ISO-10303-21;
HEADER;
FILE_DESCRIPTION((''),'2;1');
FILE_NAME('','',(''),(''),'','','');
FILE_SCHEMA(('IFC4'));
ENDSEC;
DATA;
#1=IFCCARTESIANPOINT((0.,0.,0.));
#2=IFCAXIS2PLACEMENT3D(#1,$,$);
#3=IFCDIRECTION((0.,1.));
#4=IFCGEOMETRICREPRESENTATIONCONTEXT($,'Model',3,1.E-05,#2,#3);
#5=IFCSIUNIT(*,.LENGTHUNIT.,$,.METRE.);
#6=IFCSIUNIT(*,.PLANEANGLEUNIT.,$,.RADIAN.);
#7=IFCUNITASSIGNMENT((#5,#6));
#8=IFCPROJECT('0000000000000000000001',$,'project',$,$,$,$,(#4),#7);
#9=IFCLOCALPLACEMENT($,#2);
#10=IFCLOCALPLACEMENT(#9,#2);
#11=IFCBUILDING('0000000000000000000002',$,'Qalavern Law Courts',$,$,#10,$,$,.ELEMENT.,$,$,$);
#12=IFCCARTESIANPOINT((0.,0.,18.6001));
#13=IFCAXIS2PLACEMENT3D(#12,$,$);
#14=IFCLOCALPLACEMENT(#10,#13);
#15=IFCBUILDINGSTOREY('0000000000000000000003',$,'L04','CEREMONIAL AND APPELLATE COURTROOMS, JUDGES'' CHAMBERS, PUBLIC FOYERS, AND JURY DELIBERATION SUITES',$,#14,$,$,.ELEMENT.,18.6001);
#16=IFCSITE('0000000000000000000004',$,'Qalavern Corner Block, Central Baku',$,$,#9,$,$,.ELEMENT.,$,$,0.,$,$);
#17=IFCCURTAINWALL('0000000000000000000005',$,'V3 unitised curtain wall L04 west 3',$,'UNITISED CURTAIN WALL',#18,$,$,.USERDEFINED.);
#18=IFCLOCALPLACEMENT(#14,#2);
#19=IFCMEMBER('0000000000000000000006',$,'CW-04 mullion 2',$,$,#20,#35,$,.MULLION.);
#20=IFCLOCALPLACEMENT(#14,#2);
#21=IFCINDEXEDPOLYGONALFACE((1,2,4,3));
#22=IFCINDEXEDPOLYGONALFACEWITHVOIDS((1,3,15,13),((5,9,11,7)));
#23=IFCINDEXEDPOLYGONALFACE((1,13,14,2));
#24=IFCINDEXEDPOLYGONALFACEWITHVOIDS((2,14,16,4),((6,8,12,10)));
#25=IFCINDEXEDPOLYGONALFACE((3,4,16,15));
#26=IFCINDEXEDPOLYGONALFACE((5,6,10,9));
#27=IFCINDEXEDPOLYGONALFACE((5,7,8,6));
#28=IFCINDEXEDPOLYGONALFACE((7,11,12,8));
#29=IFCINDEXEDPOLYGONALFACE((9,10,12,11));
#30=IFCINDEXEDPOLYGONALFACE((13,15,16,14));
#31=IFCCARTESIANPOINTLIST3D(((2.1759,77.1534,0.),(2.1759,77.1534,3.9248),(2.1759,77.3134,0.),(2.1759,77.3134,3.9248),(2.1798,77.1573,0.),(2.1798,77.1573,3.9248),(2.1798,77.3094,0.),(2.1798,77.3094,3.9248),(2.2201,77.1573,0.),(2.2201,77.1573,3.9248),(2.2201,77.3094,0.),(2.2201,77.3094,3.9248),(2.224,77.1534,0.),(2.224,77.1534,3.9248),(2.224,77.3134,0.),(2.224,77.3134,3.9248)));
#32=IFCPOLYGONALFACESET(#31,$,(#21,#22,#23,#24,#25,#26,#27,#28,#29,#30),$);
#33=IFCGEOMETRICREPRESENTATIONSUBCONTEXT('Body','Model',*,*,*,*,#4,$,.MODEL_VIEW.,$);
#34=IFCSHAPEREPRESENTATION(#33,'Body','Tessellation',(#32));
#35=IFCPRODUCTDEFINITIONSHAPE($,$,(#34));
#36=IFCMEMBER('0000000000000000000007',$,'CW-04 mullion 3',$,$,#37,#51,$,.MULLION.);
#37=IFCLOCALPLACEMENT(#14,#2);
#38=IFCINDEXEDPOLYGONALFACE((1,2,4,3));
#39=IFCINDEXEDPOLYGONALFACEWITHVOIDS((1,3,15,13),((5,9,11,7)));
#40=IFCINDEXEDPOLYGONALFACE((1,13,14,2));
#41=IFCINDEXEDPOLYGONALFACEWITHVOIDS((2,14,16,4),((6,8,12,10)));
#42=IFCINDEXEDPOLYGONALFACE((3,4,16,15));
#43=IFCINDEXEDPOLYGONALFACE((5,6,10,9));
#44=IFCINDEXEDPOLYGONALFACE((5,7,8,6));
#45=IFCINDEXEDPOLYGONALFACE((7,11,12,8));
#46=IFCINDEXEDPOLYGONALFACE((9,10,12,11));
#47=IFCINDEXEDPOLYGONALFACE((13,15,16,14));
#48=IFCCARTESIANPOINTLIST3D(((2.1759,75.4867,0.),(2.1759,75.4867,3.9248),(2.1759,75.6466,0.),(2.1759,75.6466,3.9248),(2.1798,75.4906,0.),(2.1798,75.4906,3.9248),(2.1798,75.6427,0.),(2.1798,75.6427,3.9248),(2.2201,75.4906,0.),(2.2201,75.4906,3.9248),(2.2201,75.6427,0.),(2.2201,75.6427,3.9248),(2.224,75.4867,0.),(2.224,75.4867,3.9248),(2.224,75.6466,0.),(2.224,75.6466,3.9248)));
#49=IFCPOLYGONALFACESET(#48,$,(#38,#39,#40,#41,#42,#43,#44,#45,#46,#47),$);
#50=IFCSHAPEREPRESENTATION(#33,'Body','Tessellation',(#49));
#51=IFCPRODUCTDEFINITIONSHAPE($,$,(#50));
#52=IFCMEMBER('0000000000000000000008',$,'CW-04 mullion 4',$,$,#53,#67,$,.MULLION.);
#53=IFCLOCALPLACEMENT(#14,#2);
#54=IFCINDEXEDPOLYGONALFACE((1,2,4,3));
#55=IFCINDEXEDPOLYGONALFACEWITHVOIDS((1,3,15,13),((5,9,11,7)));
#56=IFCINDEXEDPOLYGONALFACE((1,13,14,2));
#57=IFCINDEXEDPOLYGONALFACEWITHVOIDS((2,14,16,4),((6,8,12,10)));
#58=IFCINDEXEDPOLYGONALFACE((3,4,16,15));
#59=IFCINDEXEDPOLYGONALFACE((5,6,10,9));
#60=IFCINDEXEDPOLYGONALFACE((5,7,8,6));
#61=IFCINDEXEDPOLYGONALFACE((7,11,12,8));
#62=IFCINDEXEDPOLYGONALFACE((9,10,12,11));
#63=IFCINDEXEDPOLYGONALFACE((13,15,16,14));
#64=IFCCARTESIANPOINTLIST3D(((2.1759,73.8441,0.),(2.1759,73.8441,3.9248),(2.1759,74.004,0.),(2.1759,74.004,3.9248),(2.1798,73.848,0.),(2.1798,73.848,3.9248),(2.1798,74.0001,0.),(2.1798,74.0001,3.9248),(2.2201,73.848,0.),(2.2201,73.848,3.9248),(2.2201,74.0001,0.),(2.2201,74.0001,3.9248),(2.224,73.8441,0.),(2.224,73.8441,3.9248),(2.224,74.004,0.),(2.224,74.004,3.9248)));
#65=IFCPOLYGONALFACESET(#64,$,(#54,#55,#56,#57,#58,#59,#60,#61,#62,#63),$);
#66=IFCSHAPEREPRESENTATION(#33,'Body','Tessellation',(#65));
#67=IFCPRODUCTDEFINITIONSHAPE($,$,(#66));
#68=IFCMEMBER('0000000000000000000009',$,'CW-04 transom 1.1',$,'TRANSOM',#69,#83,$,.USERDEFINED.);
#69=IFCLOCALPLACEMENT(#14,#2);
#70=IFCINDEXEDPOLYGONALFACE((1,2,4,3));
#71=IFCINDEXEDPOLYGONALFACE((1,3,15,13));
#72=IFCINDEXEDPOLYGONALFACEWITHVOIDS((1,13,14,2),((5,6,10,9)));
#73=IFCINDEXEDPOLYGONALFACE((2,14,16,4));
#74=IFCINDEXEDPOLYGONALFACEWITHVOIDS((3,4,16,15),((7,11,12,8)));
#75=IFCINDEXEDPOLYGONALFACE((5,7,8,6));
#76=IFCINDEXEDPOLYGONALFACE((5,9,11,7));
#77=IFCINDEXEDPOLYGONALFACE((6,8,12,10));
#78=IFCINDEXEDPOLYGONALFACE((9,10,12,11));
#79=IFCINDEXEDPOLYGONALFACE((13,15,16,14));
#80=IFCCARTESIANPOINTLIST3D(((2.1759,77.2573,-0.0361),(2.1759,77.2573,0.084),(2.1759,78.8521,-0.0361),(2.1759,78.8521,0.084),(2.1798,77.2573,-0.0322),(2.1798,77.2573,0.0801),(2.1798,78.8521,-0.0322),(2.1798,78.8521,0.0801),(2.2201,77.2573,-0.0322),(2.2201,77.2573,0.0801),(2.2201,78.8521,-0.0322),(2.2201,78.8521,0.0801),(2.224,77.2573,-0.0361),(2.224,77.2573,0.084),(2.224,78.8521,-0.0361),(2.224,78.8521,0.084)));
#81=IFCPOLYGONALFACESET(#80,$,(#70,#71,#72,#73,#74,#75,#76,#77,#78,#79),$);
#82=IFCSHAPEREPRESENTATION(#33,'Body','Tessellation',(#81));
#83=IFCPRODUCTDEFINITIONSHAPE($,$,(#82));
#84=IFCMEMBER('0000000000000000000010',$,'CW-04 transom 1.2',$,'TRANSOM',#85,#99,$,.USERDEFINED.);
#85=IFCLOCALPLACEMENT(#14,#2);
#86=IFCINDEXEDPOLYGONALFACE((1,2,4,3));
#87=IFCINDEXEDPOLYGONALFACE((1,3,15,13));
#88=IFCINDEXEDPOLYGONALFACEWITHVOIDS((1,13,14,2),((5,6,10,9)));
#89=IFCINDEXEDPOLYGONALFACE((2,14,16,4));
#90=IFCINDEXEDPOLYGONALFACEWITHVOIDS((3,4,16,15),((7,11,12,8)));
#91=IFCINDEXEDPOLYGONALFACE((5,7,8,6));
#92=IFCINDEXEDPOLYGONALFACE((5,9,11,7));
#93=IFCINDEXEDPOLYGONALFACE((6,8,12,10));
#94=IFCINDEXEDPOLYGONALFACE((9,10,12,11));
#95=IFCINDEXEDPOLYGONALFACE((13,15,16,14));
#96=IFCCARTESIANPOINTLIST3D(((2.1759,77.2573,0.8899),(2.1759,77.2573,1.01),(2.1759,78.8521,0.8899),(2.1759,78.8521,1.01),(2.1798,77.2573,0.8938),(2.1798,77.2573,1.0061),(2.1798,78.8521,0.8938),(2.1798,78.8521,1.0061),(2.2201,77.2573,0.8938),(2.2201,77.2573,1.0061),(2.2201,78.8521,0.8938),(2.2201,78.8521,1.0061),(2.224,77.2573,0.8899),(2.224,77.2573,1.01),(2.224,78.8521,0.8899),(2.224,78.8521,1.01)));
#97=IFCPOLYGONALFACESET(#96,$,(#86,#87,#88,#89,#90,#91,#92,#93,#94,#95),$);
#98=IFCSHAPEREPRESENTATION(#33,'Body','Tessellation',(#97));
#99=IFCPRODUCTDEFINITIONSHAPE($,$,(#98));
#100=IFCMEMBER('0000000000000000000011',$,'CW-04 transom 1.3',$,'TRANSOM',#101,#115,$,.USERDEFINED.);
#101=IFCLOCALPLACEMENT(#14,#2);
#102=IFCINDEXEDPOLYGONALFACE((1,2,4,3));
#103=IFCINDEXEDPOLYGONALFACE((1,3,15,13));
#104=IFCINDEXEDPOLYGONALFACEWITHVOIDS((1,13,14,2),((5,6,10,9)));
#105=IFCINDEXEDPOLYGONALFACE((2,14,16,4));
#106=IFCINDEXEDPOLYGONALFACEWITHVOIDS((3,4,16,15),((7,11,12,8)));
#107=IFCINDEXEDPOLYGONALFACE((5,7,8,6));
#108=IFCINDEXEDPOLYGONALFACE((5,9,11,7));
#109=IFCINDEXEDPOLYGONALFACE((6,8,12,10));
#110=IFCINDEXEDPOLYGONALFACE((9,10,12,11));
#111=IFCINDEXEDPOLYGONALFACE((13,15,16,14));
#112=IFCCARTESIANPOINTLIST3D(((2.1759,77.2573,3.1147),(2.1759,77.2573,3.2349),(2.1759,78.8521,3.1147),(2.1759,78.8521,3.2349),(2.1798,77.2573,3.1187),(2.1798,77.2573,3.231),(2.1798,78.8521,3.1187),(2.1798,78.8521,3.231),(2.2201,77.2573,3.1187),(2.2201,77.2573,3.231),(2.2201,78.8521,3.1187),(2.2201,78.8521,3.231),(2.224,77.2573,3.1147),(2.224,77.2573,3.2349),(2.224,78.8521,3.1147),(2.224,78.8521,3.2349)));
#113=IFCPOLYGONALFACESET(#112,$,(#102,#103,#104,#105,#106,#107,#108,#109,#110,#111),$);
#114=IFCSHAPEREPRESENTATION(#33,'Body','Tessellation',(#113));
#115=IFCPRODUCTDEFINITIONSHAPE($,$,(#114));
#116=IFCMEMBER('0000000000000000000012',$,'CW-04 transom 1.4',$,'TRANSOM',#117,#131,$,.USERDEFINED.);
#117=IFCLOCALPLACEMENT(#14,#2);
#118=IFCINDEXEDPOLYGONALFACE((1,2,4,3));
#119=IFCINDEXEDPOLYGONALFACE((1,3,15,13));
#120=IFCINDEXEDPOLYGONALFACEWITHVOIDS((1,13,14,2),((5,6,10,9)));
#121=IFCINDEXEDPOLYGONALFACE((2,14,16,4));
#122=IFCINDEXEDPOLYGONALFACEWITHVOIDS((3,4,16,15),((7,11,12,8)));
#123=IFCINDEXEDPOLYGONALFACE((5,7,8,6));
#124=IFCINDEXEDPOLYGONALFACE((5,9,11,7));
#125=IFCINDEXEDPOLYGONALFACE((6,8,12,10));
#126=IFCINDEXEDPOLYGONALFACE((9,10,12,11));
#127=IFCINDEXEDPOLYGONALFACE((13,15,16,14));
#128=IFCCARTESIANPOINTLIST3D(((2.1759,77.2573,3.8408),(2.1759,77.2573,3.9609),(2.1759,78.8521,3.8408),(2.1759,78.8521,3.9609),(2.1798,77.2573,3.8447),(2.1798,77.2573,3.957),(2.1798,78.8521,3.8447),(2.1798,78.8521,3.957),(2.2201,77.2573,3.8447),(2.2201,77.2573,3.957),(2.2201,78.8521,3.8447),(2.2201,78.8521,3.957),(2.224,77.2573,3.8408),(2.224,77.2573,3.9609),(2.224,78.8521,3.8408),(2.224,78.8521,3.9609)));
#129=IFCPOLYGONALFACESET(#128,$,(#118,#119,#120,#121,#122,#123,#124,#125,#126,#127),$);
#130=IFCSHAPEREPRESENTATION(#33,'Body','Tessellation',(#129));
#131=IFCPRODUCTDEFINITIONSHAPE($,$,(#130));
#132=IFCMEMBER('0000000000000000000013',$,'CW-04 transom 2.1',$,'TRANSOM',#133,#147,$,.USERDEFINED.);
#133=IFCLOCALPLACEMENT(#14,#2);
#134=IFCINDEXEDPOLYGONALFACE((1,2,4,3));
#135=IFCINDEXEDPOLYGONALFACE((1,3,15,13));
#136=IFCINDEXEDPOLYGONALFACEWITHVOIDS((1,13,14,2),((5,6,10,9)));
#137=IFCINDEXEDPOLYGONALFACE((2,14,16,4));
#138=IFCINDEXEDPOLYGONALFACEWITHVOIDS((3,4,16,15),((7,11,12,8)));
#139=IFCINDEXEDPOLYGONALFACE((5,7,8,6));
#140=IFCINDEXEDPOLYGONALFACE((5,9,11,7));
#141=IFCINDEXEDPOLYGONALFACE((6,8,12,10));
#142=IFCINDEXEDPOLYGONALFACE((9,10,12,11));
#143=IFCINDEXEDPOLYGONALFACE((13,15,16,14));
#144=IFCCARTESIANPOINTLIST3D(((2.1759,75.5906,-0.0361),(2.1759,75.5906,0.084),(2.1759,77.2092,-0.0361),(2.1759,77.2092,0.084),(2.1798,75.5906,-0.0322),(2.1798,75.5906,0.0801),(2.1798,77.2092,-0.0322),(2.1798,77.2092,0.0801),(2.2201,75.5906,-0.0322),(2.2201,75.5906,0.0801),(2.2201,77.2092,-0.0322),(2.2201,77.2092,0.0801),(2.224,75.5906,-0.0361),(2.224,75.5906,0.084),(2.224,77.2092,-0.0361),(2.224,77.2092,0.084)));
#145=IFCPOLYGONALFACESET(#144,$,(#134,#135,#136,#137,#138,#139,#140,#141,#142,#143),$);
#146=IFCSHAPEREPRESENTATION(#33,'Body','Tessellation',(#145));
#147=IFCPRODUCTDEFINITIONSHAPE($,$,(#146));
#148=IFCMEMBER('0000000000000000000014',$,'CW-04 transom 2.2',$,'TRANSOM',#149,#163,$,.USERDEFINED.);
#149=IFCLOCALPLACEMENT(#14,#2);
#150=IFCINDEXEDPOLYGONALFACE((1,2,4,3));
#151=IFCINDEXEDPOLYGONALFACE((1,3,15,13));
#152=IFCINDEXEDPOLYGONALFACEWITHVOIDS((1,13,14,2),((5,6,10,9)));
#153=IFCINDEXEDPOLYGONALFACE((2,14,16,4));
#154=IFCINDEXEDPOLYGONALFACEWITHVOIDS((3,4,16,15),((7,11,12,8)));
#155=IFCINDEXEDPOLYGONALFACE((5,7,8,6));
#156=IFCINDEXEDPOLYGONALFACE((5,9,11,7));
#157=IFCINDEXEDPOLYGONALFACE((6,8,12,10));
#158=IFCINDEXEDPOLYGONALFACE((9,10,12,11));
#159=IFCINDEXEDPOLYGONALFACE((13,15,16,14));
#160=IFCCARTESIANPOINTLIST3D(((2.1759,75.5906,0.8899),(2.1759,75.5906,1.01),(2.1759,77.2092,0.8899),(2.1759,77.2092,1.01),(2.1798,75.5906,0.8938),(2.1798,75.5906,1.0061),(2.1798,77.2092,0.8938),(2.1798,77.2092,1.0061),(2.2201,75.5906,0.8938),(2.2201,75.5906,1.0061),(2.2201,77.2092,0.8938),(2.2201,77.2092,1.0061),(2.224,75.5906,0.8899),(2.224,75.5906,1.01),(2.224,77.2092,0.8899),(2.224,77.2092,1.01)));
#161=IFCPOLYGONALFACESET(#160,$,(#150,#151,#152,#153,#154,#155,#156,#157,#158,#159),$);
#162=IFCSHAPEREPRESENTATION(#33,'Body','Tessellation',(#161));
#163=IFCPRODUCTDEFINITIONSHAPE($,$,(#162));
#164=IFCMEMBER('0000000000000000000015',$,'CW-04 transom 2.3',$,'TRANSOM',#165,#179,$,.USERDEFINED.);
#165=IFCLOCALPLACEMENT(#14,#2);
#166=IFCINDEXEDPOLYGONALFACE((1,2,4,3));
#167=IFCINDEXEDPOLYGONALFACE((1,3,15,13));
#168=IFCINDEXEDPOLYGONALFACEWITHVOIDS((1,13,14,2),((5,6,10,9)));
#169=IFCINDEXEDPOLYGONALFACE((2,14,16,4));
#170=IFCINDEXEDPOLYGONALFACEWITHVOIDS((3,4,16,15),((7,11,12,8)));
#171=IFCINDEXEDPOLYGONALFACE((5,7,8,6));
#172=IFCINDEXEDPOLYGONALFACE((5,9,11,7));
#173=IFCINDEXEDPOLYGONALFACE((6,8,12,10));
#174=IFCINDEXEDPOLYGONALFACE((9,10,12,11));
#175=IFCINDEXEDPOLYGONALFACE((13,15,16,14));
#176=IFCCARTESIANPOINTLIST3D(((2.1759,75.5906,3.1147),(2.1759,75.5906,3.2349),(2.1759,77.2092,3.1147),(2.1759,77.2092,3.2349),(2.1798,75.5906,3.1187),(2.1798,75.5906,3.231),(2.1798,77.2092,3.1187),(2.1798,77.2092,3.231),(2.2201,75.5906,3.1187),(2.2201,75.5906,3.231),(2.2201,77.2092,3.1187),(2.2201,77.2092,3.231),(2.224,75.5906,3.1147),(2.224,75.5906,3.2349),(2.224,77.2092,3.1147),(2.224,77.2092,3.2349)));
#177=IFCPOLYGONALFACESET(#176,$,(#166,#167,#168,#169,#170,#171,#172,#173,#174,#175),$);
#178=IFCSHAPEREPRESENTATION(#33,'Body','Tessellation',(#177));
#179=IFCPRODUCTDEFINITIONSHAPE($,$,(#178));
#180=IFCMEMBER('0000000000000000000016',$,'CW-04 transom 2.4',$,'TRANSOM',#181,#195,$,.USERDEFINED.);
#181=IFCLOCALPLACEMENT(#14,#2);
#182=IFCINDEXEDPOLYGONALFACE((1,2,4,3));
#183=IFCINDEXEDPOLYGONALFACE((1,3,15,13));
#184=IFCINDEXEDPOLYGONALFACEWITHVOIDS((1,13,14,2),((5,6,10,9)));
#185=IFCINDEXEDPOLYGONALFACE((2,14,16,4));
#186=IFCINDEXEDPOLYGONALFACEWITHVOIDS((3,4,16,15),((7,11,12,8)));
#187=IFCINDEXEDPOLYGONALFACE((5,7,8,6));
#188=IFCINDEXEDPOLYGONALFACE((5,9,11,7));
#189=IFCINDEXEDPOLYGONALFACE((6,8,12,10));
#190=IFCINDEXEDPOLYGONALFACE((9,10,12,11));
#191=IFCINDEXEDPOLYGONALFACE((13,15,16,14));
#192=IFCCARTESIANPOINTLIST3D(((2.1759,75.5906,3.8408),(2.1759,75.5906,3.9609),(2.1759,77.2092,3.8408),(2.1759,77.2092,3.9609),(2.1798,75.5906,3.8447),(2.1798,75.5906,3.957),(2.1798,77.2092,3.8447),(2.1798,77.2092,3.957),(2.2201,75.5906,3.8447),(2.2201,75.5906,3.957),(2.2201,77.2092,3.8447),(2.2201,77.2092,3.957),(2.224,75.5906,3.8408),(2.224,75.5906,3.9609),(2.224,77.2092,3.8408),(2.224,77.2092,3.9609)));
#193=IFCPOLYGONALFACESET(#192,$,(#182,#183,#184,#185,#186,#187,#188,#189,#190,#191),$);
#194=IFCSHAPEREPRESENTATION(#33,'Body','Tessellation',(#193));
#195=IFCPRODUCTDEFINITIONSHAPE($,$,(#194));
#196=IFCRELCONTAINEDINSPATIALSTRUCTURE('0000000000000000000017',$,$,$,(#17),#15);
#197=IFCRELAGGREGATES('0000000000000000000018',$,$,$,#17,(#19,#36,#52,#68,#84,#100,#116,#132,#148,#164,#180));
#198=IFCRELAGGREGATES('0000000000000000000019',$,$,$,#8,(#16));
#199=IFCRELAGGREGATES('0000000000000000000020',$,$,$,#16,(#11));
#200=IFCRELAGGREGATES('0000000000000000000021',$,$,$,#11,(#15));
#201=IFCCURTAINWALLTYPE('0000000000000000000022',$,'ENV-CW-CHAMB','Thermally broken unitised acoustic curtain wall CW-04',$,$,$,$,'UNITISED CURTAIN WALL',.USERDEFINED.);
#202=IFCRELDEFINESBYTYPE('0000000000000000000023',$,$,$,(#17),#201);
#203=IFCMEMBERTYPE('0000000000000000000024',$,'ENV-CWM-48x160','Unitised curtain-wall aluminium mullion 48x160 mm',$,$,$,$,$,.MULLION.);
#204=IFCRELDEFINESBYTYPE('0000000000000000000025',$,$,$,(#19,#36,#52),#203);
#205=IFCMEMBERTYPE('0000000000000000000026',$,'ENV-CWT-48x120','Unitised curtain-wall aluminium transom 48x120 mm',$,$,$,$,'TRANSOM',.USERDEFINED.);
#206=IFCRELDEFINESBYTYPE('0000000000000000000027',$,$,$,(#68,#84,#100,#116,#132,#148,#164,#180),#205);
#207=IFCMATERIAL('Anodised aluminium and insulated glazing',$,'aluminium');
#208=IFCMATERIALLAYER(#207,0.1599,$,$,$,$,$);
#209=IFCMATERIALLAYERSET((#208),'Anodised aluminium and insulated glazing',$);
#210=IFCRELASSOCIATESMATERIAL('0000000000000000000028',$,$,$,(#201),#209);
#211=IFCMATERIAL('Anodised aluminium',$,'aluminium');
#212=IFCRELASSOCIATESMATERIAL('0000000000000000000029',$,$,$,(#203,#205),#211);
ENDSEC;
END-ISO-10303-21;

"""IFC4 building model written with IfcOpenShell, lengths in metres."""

from ifc_helpers import new_model, si_unit, direction, frame, origin, origin_2d, place, context, subcontext, project, spatial, hollow_rectangle, extrude, material, layer, layer_set, material_profile, profile_set, type_object, element, aggregate, save


model = new_model("IFC4")

# Units and contexts
model_context = context("Model", 3, precision=1e-05, world=origin(), true_north=direction((0.0, 1.0)))
body_context = subcontext(model_context, "Body", "Model", "MODEL_VIEW")
ifc_project = project(units=[si_unit("LENGTHUNIT", "METRE"), si_unit("PLANEANGLEUNIT", "RADIAN")], contexts=[model_context])

# Site, building, storey
site_placement = place(None, origin())
site = spatial("IfcSite", under=ifc_project, at=site_placement, Name="Qalavern Corner Block, Central Baku", CompositionType="ELEMENT", RefElevation=0.0)
building_placement = place(site_placement, origin())
building = spatial("IfcBuilding", under=site, at=building_placement, Name="Qalavern Law Courts", CompositionType="ELEMENT")
storey_placement = place(building_placement, frame((0.0, 0.0, 18.6001)))
storey = spatial("IfcBuildingStorey", under=building, at=storey_placement, Name="L04", Description="CEREMONIAL AND APPELLATE COURTROOMS, JUDGES' CHAMBERS, PUBLIC FOYERS, AND JURY DELIBERATION SUITES", CompositionType="ELEMENT", Elevation=18.6001)

# Curtain wall, members
ifc_material_1 = material(Name="Anodised aluminium and insulated glazing", Category="aluminium")
ifc_layer_1 = layer(ifc_material_1, 0.1599)
ifc_layer_set_1 = layer_set([ifc_layer_1], Name="Anodised aluminium and insulated glazing")
curtain_wall_type = type_object("IfcCurtainWallType", Name="ENV-CW-CHAMB", Description="Thermally broken unitised acoustic curtain wall CW-04", ElementType="UNITISED CURTAIN WALL", PredefinedType="USERDEFINED", material=ifc_layer_set_1)
curtain_wall_placement = place(storey_placement, origin())
curtain_wall = element("IfcCurtainWall", 1, at=curtain_wall_placement, inside=storey, type_object=curtain_wall_type, Name="V3 unitised curtain wall L04 west 3", ObjectType="UNITISED CURTAIN WALL", PredefinedType="USERDEFINED")
ifc_material_2 = material(Name="Anodised aluminium", Category="aluminium")
ifc_material_profile_1 = material_profile(ifc_material_2, hollow_rectangle(XDim=0.0481, YDim=0.1599, WallThickness=0.0039, at=origin_2d()), Name="ALU MULLION 48x160")
ifc_profile_set_1 = profile_set([ifc_material_profile_1], Name="Anodised aluminium")
member_type_1 = type_object("IfcMemberType", Name="ENV-CWM-48x160", Description="Unitised curtain-wall aluminium mullion 48x160 mm", PredefinedType="MULLION", material=ifc_profile_set_1)
member_1_placement = place(storey_placement, frame((2.2, 77.2334, 0.0), z_axis=(0.0, 0.0, 1.0), x_axis=(1.0, 0.0, 0.0)))
member_1 = element("IfcMember", 2, at=member_1_placement, type_object=member_type_1, Name="CW-04 mullion 2", PredefinedType="MULLION", context=body_context, shape_type="SweptSolid", body=[
    extrude(hollow_rectangle(XDim=0.0481, YDim=0.1599, WallThickness=0.0039, at=origin_2d()), origin(), (0.0, 0.0, 1.0), 3.9248),
])
member_2_placement = place(storey_placement, frame((2.2, 75.5667, 0.0), z_axis=(0.0, 0.0, 1.0), x_axis=(1.0, 0.0, 0.0)))
member_2 = element("IfcMember", 3, at=member_2_placement, type_object=member_type_1, Name="CW-04 mullion 3", PredefinedType="MULLION", context=body_context, shape_type="SweptSolid", body=[
    extrude(hollow_rectangle(XDim=0.0481, YDim=0.1599, WallThickness=0.0039, at=origin_2d()), origin(), (0.0, 0.0, 1.0), 3.9248),
])
member_3_placement = place(storey_placement, frame((2.2, 73.9241, 0.0), z_axis=(0.0, 0.0, 1.0), x_axis=(1.0, 0.0, 0.0)))
member_3 = element("IfcMember", 4, at=member_3_placement, type_object=member_type_1, Name="CW-04 mullion 4", PredefinedType="MULLION", context=body_context, shape_type="SweptSolid", body=[
    extrude(hollow_rectangle(XDim=0.0481, YDim=0.1599, WallThickness=0.0039, at=origin_2d()), origin(), (0.0, 0.0, 1.0), 3.9248),
])
ifc_material_profile_2 = material_profile(ifc_material_2, hollow_rectangle(XDim=0.0481, YDim=0.1201, WallThickness=0.0039, at=origin_2d()), Name="ALU TRANSOM 48x120")
ifc_profile_set_2 = profile_set([ifc_material_profile_2], Name="Anodised aluminium")
member_type_2 = type_object("IfcMemberType", Name="ENV-CWT-48x120", Description="Unitised curtain-wall aluminium transom 48x120 mm", ElementType="TRANSOM", PredefinedType="USERDEFINED", material=ifc_profile_set_2)
member_4_placement = place(storey_placement, frame((2.2, 78.8521, 0.0239), z_axis=(0.0, -1.0, 0.0), x_axis=(1.0, 0.0, 0.0)))
member_4 = element("IfcMember", 5, at=member_4_placement, type_object=member_type_2, Name="CW-04 transom 1.1", ObjectType="TRANSOM", PredefinedType="USERDEFINED", context=body_context, shape_type="SweptSolid", body=[
    extrude(hollow_rectangle(XDim=0.0481, YDim=0.1201, WallThickness=0.0039, at=origin_2d()), origin(), (0.0, 0.0, 1.0), 1.5947),
])
member_5_placement = place(storey_placement, frame((2.2, 78.8521, 0.95), z_axis=(0.0, -1.0, 0.0), x_axis=(1.0, 0.0, 0.0)))
member_5 = element("IfcMember", 6, at=member_5_placement, type_object=member_type_2, Name="CW-04 transom 1.2", ObjectType="TRANSOM", PredefinedType="USERDEFINED", context=body_context, shape_type="SweptSolid", body=[
    extrude(hollow_rectangle(XDim=0.0481, YDim=0.1201, WallThickness=0.0039, at=origin_2d()), origin(), (0.0, 0.0, 1.0), 1.5947),
])
member_6_placement = place(storey_placement, frame((2.2, 78.8521, 3.1748), z_axis=(0.0, -1.0, 0.0), x_axis=(1.0, 0.0, 0.0)))
member_6 = element("IfcMember", 7, at=member_6_placement, type_object=member_type_2, Name="CW-04 transom 1.3", ObjectType="TRANSOM", PredefinedType="USERDEFINED", context=body_context, shape_type="SweptSolid", body=[
    extrude(hollow_rectangle(XDim=0.0481, YDim=0.1201, WallThickness=0.0039, at=origin_2d()), origin(), (0.0, 0.0, 1.0), 1.5947),
])
member_7_placement = place(storey_placement, frame((2.2, 78.8521, 3.9009), z_axis=(0.0, -1.0, 0.0), x_axis=(1.0, 0.0, 0.0)))
member_7 = element("IfcMember", 8, at=member_7_placement, type_object=member_type_2, Name="CW-04 transom 1.4", ObjectType="TRANSOM", PredefinedType="USERDEFINED", context=body_context, shape_type="SweptSolid", body=[
    extrude(hollow_rectangle(XDim=0.0481, YDim=0.1201, WallThickness=0.0039, at=origin_2d()), origin(), (0.0, 0.0, 1.0), 1.5947),
])
member_8_placement = place(storey_placement, frame((2.2, 77.2092, 0.0239), z_axis=(0.0, -1.0, 0.0), x_axis=(1.0, 0.0, 0.0)))
member_8 = element("IfcMember", 9, at=member_8_placement, type_object=member_type_2, Name="CW-04 transom 2.1", ObjectType="TRANSOM", PredefinedType="USERDEFINED", context=body_context, shape_type="SweptSolid", body=[
    extrude(hollow_rectangle(XDim=0.0481, YDim=0.1201, WallThickness=0.0039, at=origin_2d()), origin(), (0.0, 0.0, 1.0), 1.6187),
])
member_9_placement = place(storey_placement, frame((2.2, 77.2092, 0.95), z_axis=(0.0, -1.0, 0.0), x_axis=(1.0, 0.0, 0.0)))
member_9 = element("IfcMember", 10, at=member_9_placement, type_object=member_type_2, Name="CW-04 transom 2.2", ObjectType="TRANSOM", PredefinedType="USERDEFINED", context=body_context, shape_type="SweptSolid", body=[
    extrude(hollow_rectangle(XDim=0.0481, YDim=0.1201, WallThickness=0.0039, at=origin_2d()), origin(), (0.0, 0.0, 1.0), 1.6187),
])
member_10_placement = place(storey_placement, frame((2.2, 77.2092, 3.1748), z_axis=(0.0, -1.0, 0.0), x_axis=(1.0, 0.0, 0.0)))
member_10 = element("IfcMember", 11, at=member_10_placement, type_object=member_type_2, Name="CW-04 transom 2.3", ObjectType="TRANSOM", PredefinedType="USERDEFINED", context=body_context, shape_type="SweptSolid", body=[
    extrude(hollow_rectangle(XDim=0.0481, YDim=0.1201, WallThickness=0.0039, at=origin_2d()), origin(), (0.0, 0.0, 1.0), 1.6187),
])
member_11_placement = place(storey_placement, frame((2.2, 77.2092, 3.9009), z_axis=(0.0, -1.0, 0.0), x_axis=(1.0, 0.0, 0.0)))
member_11 = element("IfcMember", 12, at=member_11_placement, type_object=member_type_2, Name="CW-04 transom 2.4", ObjectType="TRANSOM", PredefinedType="USERDEFINED", context=body_context, shape_type="SweptSolid", body=[
    extrude(hollow_rectangle(XDim=0.0481, YDim=0.1201, WallThickness=0.0039, at=origin_2d()), origin(), (0.0, 0.0, 1.0), 1.6187),
])
aggregate(curtain_wall, [member_1, member_2, member_3, member_4, member_5, member_6, member_7, member_8, member_9, member_10, member_11])

save(model, "model.ifc")
